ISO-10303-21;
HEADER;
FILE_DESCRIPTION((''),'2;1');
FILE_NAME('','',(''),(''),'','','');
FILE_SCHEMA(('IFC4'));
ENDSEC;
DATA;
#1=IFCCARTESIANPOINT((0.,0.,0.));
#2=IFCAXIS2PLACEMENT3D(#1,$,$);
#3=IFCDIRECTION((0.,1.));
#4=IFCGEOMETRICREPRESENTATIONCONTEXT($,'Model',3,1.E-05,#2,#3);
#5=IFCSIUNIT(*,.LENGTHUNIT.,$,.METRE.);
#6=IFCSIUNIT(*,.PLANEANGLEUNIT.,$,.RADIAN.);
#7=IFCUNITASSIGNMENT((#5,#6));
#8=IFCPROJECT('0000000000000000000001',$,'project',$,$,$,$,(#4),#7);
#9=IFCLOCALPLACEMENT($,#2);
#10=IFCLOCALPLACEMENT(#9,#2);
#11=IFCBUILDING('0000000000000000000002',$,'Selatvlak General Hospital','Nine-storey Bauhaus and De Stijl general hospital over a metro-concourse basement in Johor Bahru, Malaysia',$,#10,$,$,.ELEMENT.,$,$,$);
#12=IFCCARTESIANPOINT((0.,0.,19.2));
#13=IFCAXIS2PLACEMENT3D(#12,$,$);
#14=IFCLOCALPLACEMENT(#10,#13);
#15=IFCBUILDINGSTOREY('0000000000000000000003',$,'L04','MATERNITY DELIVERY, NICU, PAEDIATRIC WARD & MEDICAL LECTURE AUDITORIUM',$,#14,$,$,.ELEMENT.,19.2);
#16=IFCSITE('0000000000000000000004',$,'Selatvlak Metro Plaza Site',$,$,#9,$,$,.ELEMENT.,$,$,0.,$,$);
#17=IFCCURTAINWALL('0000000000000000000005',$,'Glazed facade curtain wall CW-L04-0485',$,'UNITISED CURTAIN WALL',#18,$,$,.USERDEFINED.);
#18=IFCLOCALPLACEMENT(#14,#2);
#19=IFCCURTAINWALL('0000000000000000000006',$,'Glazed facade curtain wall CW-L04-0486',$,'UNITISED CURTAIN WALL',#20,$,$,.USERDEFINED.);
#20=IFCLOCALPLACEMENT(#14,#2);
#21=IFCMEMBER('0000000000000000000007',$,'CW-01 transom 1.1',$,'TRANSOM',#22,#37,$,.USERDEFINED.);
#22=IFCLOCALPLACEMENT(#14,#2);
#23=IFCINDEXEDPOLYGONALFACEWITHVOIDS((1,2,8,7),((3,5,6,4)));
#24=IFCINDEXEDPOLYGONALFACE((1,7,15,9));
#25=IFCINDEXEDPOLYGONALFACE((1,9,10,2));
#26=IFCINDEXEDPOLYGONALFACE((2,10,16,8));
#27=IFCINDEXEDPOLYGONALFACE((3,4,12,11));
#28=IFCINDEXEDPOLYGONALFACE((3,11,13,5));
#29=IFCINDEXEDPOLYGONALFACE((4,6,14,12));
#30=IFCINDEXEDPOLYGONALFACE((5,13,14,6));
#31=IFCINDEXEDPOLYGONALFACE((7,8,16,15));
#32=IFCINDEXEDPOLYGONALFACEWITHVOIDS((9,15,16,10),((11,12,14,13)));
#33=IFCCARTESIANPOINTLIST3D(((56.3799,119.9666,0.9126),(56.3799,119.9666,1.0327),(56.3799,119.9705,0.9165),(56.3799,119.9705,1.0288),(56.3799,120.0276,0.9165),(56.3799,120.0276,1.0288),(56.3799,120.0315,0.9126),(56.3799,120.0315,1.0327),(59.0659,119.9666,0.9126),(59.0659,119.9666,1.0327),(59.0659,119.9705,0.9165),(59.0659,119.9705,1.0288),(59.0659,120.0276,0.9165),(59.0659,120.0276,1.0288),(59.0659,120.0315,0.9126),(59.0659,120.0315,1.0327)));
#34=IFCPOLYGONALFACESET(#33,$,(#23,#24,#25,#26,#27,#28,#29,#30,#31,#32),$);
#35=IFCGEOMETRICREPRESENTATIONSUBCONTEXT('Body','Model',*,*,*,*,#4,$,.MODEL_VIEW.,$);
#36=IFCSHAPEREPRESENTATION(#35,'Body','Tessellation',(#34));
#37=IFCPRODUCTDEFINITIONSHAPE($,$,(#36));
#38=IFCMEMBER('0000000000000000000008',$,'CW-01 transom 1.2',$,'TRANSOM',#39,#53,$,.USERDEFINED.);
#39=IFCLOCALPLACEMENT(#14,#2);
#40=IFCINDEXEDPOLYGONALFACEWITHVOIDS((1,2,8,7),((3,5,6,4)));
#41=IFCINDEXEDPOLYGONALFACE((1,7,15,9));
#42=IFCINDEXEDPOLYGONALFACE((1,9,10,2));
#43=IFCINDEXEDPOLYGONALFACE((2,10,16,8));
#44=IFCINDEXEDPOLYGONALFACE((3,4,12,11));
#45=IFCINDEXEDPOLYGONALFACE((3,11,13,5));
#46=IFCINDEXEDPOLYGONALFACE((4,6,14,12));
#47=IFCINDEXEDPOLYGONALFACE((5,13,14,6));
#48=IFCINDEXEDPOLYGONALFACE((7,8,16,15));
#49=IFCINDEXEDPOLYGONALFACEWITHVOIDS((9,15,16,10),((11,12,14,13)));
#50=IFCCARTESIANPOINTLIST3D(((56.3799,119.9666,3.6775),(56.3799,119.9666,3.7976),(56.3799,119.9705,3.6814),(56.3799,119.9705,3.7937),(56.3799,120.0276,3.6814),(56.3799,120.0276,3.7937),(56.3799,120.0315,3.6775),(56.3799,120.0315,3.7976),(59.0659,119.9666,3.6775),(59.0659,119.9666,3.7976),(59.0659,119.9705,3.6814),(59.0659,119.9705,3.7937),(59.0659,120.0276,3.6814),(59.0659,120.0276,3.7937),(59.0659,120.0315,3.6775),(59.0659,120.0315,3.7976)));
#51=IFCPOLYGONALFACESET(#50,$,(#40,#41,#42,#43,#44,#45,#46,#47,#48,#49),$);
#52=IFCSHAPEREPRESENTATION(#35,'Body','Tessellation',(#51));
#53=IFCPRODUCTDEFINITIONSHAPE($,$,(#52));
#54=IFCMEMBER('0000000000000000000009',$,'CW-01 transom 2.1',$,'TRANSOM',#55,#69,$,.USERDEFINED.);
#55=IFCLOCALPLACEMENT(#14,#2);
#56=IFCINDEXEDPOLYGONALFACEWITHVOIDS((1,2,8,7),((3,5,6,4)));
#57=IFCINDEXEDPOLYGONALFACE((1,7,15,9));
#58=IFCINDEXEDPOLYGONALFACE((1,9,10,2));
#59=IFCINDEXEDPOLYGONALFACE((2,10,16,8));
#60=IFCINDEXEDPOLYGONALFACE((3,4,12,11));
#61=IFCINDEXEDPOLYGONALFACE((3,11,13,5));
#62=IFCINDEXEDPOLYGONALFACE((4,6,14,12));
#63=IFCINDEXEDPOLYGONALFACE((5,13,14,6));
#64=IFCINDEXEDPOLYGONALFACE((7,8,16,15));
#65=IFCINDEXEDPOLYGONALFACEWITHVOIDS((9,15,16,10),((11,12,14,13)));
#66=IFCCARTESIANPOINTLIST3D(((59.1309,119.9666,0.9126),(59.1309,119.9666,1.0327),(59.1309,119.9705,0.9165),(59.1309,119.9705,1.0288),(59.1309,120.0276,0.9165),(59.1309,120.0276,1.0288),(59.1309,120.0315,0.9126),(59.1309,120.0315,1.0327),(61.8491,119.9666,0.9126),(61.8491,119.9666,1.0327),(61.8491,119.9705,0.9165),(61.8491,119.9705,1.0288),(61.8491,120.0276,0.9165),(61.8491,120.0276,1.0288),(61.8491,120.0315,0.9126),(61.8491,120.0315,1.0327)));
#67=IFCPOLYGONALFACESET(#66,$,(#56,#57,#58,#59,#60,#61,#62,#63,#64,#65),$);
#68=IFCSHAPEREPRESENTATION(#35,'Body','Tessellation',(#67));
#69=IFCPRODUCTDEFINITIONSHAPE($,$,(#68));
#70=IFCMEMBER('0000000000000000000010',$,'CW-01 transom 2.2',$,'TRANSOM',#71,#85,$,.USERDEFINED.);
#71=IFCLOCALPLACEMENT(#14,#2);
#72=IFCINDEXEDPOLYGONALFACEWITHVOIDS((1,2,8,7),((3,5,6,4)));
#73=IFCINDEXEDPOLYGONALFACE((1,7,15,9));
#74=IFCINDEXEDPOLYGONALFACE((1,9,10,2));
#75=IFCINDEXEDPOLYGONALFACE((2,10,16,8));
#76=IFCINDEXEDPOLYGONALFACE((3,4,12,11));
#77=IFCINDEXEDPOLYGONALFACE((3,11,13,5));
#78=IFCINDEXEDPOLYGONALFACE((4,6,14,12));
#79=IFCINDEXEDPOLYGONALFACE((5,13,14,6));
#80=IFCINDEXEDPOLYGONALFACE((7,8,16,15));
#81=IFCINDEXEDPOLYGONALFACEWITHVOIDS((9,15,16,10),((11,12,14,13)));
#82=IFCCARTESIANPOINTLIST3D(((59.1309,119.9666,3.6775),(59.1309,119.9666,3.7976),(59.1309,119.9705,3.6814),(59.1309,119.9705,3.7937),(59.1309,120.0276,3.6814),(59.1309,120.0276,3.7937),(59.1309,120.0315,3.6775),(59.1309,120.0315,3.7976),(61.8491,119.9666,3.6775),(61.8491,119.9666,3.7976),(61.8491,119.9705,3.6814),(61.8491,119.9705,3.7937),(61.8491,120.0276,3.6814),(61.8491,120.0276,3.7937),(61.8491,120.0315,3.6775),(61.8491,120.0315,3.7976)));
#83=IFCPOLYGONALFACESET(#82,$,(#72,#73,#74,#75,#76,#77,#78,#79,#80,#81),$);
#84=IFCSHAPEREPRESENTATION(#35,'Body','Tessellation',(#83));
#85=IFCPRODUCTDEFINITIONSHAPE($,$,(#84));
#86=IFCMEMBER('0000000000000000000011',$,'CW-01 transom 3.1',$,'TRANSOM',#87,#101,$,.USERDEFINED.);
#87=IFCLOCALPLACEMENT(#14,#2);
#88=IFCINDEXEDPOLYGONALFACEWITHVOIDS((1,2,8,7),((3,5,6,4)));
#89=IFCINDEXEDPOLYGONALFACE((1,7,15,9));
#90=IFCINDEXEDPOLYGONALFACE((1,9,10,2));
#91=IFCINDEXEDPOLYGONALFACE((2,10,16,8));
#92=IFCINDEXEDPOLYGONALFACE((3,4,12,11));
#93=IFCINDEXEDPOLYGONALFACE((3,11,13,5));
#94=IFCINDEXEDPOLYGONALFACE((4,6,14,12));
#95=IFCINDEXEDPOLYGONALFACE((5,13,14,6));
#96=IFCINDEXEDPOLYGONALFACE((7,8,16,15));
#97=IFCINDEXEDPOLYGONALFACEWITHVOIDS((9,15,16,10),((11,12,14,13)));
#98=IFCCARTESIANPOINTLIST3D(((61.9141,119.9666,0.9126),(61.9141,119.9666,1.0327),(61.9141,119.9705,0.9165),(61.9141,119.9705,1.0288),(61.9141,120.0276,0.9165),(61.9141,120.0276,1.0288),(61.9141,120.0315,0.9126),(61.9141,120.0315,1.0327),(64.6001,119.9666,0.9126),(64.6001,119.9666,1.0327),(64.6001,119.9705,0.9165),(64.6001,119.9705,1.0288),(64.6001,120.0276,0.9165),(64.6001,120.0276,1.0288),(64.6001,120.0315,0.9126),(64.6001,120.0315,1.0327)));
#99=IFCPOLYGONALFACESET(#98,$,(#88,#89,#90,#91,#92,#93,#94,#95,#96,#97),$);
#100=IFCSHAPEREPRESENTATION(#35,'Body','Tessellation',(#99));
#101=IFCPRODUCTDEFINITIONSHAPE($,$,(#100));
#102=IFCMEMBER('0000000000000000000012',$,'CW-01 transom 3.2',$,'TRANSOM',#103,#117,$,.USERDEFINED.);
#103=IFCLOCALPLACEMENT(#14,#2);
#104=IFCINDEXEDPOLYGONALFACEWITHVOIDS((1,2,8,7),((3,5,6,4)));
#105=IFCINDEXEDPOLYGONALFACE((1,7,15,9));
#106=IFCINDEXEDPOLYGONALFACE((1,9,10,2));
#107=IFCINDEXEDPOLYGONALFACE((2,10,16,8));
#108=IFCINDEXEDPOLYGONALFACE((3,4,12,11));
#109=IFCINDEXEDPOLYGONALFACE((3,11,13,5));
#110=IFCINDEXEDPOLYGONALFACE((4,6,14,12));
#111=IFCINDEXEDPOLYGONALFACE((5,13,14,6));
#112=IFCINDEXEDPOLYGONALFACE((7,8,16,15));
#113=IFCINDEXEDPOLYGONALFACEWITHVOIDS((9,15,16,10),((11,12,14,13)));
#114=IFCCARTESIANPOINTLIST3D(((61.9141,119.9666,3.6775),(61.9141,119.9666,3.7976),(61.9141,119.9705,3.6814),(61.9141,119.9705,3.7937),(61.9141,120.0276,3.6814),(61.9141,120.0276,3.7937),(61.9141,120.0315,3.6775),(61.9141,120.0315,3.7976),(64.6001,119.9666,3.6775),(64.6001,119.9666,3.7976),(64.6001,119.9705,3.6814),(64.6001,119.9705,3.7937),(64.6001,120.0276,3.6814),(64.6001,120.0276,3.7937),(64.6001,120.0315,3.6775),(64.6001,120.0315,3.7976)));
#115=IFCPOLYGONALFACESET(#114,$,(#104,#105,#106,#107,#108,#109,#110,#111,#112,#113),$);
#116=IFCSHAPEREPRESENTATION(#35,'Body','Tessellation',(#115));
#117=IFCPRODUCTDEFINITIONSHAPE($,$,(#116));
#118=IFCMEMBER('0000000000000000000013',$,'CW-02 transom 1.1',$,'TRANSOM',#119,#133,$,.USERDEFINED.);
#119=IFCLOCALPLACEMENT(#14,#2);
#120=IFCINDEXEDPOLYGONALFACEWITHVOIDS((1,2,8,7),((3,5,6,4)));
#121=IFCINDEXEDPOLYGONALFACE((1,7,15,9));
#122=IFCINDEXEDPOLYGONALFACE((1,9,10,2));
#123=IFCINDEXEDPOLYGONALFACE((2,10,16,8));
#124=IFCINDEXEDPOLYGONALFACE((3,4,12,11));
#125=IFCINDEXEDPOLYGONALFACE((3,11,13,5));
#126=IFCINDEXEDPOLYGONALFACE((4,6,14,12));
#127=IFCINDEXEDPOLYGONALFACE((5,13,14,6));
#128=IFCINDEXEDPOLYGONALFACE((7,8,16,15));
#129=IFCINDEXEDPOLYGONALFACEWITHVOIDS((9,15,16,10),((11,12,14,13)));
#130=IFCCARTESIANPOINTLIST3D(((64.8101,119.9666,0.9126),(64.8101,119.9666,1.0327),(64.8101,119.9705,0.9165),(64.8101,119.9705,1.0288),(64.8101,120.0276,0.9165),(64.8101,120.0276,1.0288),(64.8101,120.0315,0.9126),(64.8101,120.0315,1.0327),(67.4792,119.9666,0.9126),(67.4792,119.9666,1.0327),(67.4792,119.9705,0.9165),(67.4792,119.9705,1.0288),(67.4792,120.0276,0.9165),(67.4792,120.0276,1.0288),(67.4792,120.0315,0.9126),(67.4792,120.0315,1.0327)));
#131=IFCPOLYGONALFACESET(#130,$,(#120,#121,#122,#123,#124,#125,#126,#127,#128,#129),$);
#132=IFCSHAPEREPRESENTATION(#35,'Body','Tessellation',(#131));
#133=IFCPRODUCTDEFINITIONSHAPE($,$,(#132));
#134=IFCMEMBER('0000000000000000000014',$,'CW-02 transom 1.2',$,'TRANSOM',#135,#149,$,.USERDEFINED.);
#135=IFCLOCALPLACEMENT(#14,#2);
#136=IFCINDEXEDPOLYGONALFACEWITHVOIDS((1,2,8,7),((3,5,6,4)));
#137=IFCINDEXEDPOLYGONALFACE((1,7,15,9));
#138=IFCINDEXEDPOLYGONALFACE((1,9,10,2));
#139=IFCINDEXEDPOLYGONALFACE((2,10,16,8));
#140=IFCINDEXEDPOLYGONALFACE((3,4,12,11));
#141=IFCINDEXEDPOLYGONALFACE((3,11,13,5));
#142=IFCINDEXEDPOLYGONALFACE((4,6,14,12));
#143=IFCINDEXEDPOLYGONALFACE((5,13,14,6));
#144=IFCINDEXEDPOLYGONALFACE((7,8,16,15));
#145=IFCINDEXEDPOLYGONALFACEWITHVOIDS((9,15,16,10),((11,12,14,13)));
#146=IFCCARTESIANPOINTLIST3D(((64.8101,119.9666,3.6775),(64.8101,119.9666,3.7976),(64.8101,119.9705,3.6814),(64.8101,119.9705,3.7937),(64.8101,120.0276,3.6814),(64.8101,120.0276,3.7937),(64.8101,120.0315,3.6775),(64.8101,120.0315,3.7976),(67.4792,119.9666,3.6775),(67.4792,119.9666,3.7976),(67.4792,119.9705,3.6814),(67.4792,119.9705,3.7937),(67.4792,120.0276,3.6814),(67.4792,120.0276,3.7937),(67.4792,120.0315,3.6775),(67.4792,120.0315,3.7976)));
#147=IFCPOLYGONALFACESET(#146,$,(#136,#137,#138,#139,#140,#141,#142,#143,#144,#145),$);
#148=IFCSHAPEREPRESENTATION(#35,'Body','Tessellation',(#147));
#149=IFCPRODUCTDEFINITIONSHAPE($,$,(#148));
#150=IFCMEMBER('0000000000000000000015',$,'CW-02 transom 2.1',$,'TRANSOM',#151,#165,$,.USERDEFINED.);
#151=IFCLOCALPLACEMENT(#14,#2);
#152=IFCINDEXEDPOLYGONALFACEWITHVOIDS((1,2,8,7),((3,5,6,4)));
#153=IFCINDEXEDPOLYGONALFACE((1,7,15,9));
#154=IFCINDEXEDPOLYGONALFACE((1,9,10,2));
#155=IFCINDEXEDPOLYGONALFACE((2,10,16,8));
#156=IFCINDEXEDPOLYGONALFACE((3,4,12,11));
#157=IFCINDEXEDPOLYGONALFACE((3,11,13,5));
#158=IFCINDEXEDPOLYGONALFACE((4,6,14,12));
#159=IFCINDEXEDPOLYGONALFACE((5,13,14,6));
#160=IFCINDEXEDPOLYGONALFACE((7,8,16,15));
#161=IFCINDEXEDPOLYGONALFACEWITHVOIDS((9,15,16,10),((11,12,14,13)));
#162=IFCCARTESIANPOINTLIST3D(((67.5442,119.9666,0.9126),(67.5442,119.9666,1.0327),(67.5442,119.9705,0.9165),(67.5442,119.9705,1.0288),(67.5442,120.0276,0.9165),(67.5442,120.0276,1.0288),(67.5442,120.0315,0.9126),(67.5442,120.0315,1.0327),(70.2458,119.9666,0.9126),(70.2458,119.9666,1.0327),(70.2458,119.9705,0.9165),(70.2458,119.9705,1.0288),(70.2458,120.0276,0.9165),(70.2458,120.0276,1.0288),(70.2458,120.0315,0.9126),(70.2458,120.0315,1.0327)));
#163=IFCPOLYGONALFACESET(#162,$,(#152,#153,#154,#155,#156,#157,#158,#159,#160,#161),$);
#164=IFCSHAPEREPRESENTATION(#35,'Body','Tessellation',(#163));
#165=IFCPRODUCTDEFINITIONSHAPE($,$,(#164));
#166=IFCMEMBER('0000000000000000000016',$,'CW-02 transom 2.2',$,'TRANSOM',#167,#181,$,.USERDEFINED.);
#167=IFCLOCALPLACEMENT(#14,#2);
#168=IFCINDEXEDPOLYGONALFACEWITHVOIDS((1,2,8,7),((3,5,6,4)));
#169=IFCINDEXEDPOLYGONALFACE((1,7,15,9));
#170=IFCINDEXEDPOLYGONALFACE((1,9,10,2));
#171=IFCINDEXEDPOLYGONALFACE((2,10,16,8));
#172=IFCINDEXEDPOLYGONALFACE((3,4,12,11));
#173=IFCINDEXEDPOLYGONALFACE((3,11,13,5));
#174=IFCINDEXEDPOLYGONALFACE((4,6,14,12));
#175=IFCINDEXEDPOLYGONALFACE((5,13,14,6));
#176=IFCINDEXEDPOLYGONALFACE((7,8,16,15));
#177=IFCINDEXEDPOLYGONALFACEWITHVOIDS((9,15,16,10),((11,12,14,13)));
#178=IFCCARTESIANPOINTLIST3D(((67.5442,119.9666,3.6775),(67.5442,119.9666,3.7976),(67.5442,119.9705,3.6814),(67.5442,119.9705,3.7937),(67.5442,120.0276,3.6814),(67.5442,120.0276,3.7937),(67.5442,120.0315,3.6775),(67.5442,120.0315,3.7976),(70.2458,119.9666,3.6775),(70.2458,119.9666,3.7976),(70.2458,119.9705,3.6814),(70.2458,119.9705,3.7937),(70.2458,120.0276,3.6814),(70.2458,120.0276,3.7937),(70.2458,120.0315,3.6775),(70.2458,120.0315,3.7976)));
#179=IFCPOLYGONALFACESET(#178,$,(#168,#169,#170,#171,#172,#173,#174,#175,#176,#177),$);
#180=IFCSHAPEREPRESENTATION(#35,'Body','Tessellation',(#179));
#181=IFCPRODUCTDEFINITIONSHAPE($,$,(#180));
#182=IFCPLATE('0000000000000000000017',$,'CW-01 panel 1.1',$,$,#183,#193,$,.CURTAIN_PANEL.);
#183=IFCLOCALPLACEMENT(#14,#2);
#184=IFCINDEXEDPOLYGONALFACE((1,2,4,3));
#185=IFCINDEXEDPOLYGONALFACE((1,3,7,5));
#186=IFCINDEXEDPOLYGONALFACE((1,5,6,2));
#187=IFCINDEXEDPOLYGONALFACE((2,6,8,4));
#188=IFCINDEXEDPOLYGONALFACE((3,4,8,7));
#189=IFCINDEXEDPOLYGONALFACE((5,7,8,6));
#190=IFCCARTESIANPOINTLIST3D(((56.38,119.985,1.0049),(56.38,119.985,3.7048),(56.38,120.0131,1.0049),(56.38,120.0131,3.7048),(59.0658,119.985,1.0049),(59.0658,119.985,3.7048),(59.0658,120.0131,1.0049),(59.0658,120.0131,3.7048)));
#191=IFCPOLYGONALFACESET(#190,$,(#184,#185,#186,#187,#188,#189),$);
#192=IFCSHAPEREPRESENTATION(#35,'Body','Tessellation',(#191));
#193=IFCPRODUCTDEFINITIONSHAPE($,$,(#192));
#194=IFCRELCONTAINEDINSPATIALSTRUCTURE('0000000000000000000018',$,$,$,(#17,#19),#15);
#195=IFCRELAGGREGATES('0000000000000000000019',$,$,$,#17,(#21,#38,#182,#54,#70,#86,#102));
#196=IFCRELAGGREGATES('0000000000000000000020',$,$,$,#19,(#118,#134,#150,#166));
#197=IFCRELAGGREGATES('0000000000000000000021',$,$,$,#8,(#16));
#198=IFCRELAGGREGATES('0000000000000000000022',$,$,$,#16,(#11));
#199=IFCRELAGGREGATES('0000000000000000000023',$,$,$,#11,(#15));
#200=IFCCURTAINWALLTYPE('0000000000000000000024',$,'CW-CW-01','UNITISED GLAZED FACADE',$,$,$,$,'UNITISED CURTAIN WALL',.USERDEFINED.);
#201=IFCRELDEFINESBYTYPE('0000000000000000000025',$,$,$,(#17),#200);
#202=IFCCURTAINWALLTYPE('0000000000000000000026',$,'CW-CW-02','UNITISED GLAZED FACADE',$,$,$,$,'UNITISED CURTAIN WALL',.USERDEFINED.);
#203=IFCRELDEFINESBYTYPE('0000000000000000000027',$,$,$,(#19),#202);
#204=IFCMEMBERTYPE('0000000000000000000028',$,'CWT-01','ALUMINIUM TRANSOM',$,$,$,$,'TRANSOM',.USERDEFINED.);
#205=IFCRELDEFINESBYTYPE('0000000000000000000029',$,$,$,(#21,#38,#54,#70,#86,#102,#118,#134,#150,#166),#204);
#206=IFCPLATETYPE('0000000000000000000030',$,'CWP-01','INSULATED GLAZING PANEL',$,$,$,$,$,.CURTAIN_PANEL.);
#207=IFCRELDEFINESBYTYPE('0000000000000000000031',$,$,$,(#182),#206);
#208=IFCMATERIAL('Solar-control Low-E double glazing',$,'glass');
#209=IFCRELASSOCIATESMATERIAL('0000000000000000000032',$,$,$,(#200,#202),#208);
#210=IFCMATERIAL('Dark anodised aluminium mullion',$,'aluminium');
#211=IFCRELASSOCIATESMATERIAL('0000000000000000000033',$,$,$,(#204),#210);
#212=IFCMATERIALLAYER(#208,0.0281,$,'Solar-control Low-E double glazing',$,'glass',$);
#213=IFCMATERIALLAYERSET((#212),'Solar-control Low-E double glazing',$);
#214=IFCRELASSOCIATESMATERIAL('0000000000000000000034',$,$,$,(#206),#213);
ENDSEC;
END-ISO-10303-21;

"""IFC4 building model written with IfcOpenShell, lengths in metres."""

from ifc_helpers import new_model, si_unit, direction, frame, origin, origin_2d, place, context, subcontext, project, spatial, rectangle, hollow_rectangle, extrude, material, layer, layer_set, material_profile, profile_set, type_object, element, aggregate, save


model = new_model("IFC4")

# Units and contexts
model_context = context("Model", 3, precision=1e-05, world=origin(), true_north=direction((0.0, 1.0)))
body_context = subcontext(model_context, "Body", "Model", "MODEL_VIEW")
ifc_project = project(units=[si_unit("LENGTHUNIT", "METRE"), si_unit("PLANEANGLEUNIT", "RADIAN")], contexts=[model_context])

# Site, building, storey
site_placement = place(None, origin())
site = spatial("IfcSite", under=ifc_project, at=site_placement, Name="Selatvlak Metro Plaza Site", CompositionType="ELEMENT", RefElevation=0.0)
building_placement = place(site_placement, origin())
building = spatial("IfcBuilding", under=site, at=building_placement, Name="Selatvlak General Hospital", Description="Nine-storey Bauhaus and De Stijl general hospital over a metro-concourse basement in Johor Bahru, Malaysia", CompositionType="ELEMENT")
storey_placement = place(building_placement, frame((0.0, 0.0, 19.2)))
storey = spatial("IfcBuildingStorey", under=building, at=storey_placement, Name="L04", Description="MATERNITY DELIVERY, NICU, PAEDIATRIC WARD & MEDICAL LECTURE AUDITORIUM", CompositionType="ELEMENT", Elevation=19.2)

# Curtain walls
ifc_material_1 = material(Name="Solar-control Low-E double glazing", Category="glass")
curtain_wall_type_1 = type_object("IfcCurtainWallType", Name="CW-CW-01", Description="UNITISED GLAZED FACADE", ElementType="UNITISED CURTAIN WALL", PredefinedType="USERDEFINED", material=ifc_material_1)
curtain_wall_1_placement = place(storey_placement, origin())
curtain_wall_1 = element("IfcCurtainWall", 1, at=curtain_wall_1_placement, inside=storey, type_object=curtain_wall_type_1, Name="Glazed facade curtain wall CW-L04-0485", ObjectType="UNITISED CURTAIN WALL", PredefinedType="USERDEFINED")
ifc_material_2 = material(Name="Dark anodised aluminium mullion", Category="aluminium")
curtain_wall_type_2 = type_object("IfcCurtainWallType", Name="CW-CW-02", Description="UNITISED GLAZED FACADE", ElementType="UNITISED CURTAIN WALL", PredefinedType="USERDEFINED", material=ifc_material_1)
curtain_wall_2_placement = place(storey_placement, origin())
curtain_wall_2 = element("IfcCurtainWall", 2, at=curtain_wall_2_placement, inside=storey, type_object=curtain_wall_type_2, Name="Glazed facade curtain wall CW-L04-0486", ObjectType="UNITISED CURTAIN WALL", PredefinedType="USERDEFINED")

# Members
ifc_material_profile_1 = material_profile(ifc_material_2, hollow_rectangle(XDim=0.0649, YDim=0.1201, WallThickness=0.0039, at=origin_2d()), Name="AL-TRN 65x120x4")
ifc_profile_set_1 = profile_set([ifc_material_profile_1], Name="Dark anodised aluminium mullion")
member_type_1 = type_object("IfcMemberType", Name="CWT-01", Description="ALUMINIUM TRANSOM", ElementType="TRANSOM", PredefinedType="USERDEFINED", material=ifc_profile_set_1)
member_1_placement = place(storey_placement, frame((56.3799, 119.999, 0.9727), z_axis=(1.0, 0.0, 0.0), x_axis=(0.0, 1.0, 0.0)))
member_1 = element("IfcMember", 3, at=member_1_placement, type_object=member_type_1, Name="CW-01 transom 1.1", ObjectType="TRANSOM", PredefinedType="USERDEFINED", context=body_context, shape_type="SweptSolid", body=[
    extrude(hollow_rectangle(XDim=0.0649, YDim=0.1201, WallThickness=0.0039, at=origin_2d()), origin(), (0.0, 0.0, 1.0), 2.686),
])
member_2_placement = place(storey_placement, frame((56.3799, 119.999, 3.7375), z_axis=(1.0, 0.0, 0.0), x_axis=(0.0, 1.0, 0.0)))
member_2 = element("IfcMember", 4, at=member_2_placement, type_object=member_type_1, Name="CW-01 transom 1.2", ObjectType="TRANSOM", PredefinedType="USERDEFINED", context=body_context, shape_type="SweptSolid", body=[
    extrude(hollow_rectangle(XDim=0.0649, YDim=0.1201, WallThickness=0.0039, at=origin_2d()), origin(), (0.0, 0.0, 1.0), 2.686),
])
member_3_placement = place(storey_placement, frame((59.1309, 119.999, 0.9727), z_axis=(1.0, 0.0, 0.0), x_axis=(0.0, 1.0, 0.0)))
member_3 = element("IfcMember", 5, at=member_3_placement, type_object=member_type_1, Name="CW-01 transom 2.1", ObjectType="TRANSOM", PredefinedType="USERDEFINED", context=body_context, shape_type="SweptSolid", body=[
    extrude(hollow_rectangle(XDim=0.0649, YDim=0.1201, WallThickness=0.0039, at=origin_2d()), origin(), (0.0, 0.0, 1.0), 2.7183),
])
member_4_placement = place(storey_placement, frame((59.1309, 119.999, 3.7375), z_axis=(1.0, 0.0, 0.0), x_axis=(0.0, 1.0, 0.0)))
member_4 = element("IfcMember", 6, at=member_4_placement, type_object=member_type_1, Name="CW-01 transom 2.2", ObjectType="TRANSOM", PredefinedType="USERDEFINED", context=body_context, shape_type="SweptSolid", body=[
    extrude(hollow_rectangle(XDim=0.0649, YDim=0.1201, WallThickness=0.0039, at=origin_2d()), origin(), (0.0, 0.0, 1.0), 2.7183),
])
member_5_placement = place(storey_placement, frame((61.9141, 119.999, 0.9727), z_axis=(1.0, 0.0, 0.0), x_axis=(0.0, 1.0, 0.0)))
member_5 = element("IfcMember", 7, at=member_5_placement, type_object=member_type_1, Name="CW-01 transom 3.1", ObjectType="TRANSOM", PredefinedType="USERDEFINED", context=body_context, shape_type="SweptSolid", body=[
    extrude(hollow_rectangle(XDim=0.0649, YDim=0.1201, WallThickness=0.0039, at=origin_2d()), origin(), (0.0, 0.0, 1.0), 2.686),
])
member_6_placement = place(storey_placement, frame((61.9141, 119.999, 3.7375), z_axis=(1.0, 0.0, 0.0), x_axis=(0.0, 1.0, 0.0)))
member_6 = element("IfcMember", 8, at=member_6_placement, type_object=member_type_1, Name="CW-01 transom 3.2", ObjectType="TRANSOM", PredefinedType="USERDEFINED", context=body_context, shape_type="SweptSolid", body=[
    extrude(hollow_rectangle(XDim=0.0649, YDim=0.1201, WallThickness=0.0039, at=origin_2d()), origin(), (0.0, 0.0, 1.0), 2.686),
])
member_7_placement = place(storey_placement, frame((64.8101, 119.999, 0.9727), z_axis=(1.0, 0.0, 0.0), x_axis=(0.0, 1.0, 0.0)))
member_7 = element("IfcMember", 9, at=member_7_placement, type_object=member_type_1, Name="CW-02 transom 1.1", ObjectType="TRANSOM", PredefinedType="USERDEFINED", context=body_context, shape_type="SweptSolid", body=[
    extrude(hollow_rectangle(XDim=0.0649, YDim=0.1201, WallThickness=0.0039, at=origin_2d()), origin(), (0.0, 0.0, 1.0), 2.6692),
])
member_8_placement = place(storey_placement, frame((64.8101, 119.999, 3.7375), z_axis=(1.0, 0.0, 0.0), x_axis=(0.0, 1.0, 0.0)))
member_8 = element("IfcMember", 10, at=member_8_placement, type_object=member_type_1, Name="CW-02 transom 1.2", ObjectType="TRANSOM", PredefinedType="USERDEFINED", context=body_context, shape_type="SweptSolid", body=[
    extrude(hollow_rectangle(XDim=0.0649, YDim=0.1201, WallThickness=0.0039, at=origin_2d()), origin(), (0.0, 0.0, 1.0), 2.6692),
])
member_9_placement = place(storey_placement, frame((67.5442, 119.999, 0.9727), z_axis=(1.0, 0.0, 0.0), x_axis=(0.0, 1.0, 0.0)))
member_9 = element("IfcMember", 11, at=member_9_placement, type_object=member_type_1, Name="CW-02 transom 2.1", ObjectType="TRANSOM", PredefinedType="USERDEFINED", context=body_context, shape_type="SweptSolid", body=[
    extrude(hollow_rectangle(XDim=0.0649, YDim=0.1201, WallThickness=0.0039, at=origin_2d()), origin(), (0.0, 0.0, 1.0), 2.7017),
])
member_10_placement = place(storey_placement, frame((67.5442, 119.999, 3.7375), z_axis=(1.0, 0.0, 0.0), x_axis=(0.0, 1.0, 0.0)))
member_10 = element("IfcMember", 12, at=member_10_placement, type_object=member_type_1, Name="CW-02 transom 2.2", ObjectType="TRANSOM", PredefinedType="USERDEFINED", context=body_context, shape_type="SweptSolid", body=[
    extrude(hollow_rectangle(XDim=0.0649, YDim=0.1201, WallThickness=0.0039, at=origin_2d()), origin(), (0.0, 0.0, 1.0), 2.7017),
])

# Plate
ifc_layer_1 = layer(ifc_material_1, 0.0281, Name="Solar-control Low-E double glazing", Category="glass")
ifc_layer_set_1 = layer_set([ifc_layer_1], Name="Solar-control Low-E double glazing")
plate_type = type_object("IfcPlateType", Name="CWP-01", Description="INSULATED GLAZING PANEL", PredefinedType="CURTAIN_PANEL", material=ifc_layer_set_1)
plate_1_placement = place(storey_placement, frame((57.7229, 119.999, 1.0049), z_axis=(0.0, 0.0, 1.0), x_axis=(1.0, 0.0, 0.0)))
plate_1 = element("IfcPlate", 13, at=plate_1_placement, type_object=plate_type, Name="CW-01 panel 1.1", PredefinedType="CURTAIN_PANEL", context=body_context, shape_type="SweptSolid", body=[
    extrude(rectangle(XDim=2.6858, YDim=0.0281, at=origin_2d()), origin(), (0.0, 0.0, 1.0), 2.7),
])
aggregate(curtain_wall_1, [member_1, member_2, plate_1, member_3, member_4, member_5, member_6])
aggregate(curtain_wall_2, [member_7, member_8, member_9, member_10])

save(model, "model.ifc")
